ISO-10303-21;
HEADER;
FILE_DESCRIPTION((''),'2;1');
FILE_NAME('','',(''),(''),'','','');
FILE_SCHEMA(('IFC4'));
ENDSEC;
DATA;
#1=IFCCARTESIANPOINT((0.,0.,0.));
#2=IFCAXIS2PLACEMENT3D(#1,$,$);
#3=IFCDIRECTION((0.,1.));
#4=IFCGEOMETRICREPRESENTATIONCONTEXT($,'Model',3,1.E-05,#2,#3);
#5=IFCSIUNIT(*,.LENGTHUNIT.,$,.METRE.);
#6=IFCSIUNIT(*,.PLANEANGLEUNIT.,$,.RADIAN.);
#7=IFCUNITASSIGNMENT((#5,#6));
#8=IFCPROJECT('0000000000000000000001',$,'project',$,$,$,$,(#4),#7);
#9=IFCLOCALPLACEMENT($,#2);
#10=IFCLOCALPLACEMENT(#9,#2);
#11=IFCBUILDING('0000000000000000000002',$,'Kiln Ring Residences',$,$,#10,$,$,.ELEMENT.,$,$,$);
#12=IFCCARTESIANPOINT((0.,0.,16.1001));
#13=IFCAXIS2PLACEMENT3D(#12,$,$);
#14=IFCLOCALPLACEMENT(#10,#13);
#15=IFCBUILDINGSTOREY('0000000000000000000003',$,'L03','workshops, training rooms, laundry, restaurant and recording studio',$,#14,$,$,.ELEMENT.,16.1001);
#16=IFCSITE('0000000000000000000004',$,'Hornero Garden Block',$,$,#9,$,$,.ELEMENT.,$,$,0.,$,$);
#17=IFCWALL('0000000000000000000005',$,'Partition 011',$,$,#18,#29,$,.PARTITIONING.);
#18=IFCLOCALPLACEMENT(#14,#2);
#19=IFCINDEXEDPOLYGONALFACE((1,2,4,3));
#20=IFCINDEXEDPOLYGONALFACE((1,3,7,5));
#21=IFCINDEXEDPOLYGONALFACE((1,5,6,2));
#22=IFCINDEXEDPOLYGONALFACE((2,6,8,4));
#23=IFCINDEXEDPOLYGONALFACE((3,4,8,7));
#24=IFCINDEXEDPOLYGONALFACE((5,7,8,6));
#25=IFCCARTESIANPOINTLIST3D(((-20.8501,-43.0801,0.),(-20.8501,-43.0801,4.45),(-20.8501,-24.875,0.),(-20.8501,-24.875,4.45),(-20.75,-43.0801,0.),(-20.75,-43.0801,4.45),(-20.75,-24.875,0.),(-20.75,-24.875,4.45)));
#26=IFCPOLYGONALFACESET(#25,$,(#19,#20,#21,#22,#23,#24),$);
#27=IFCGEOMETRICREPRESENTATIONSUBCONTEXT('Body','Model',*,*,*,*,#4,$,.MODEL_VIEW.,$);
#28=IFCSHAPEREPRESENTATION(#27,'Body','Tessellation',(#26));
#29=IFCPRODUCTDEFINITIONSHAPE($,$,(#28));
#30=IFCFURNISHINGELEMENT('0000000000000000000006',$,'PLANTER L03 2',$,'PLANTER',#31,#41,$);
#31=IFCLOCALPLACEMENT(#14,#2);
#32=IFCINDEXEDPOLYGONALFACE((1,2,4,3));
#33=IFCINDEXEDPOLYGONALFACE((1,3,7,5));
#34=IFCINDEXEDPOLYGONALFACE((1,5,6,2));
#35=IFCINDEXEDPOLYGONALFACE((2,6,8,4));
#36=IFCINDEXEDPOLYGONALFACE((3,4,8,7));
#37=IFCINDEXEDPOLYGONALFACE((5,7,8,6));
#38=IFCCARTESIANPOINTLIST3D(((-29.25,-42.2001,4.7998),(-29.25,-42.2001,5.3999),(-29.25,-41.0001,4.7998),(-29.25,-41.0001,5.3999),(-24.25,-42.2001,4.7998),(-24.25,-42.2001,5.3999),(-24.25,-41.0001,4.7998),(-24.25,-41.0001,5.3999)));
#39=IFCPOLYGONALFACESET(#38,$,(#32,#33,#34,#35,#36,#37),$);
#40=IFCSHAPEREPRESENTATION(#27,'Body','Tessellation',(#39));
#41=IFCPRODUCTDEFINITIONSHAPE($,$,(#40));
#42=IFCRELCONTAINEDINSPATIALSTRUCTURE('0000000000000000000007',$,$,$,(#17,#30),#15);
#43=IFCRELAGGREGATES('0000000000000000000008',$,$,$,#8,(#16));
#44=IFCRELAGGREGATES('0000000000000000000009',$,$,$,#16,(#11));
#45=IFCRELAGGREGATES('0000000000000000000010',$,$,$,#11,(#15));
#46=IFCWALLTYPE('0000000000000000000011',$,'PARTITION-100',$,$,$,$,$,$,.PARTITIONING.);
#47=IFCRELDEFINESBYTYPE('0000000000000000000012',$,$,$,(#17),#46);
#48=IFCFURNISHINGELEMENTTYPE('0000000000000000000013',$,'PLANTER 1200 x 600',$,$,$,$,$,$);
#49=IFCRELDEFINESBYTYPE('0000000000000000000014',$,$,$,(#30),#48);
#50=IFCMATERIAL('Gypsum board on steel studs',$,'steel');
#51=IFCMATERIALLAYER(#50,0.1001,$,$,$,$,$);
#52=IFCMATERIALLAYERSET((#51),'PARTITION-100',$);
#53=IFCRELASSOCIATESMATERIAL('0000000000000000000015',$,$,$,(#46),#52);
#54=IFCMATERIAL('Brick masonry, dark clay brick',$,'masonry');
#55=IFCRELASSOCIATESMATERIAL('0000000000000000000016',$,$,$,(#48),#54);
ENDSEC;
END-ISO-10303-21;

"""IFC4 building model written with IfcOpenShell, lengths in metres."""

from ifc_helpers import new_model, si_unit, direction, frame, frame_2d, origin, origin_2d, place, context, subcontext, project, spatial, rectangle, extrude, material, layer, layer_set, type_object, element, save


model = new_model("IFC4")

# Units and contexts
model_context = context("Model", 3, precision=1e-05, world=origin(), true_north=direction((0.0, 1.0)))
body_context = subcontext(model_context, "Body", "Model", "MODEL_VIEW")
ifc_project = project(units=[si_unit("LENGTHUNIT", "METRE"), si_unit("PLANEANGLEUNIT", "RADIAN")], contexts=[model_context])

# Site, building, storey
site_placement = place(None, origin())
site = spatial("IfcSite", under=ifc_project, at=site_placement, Name="Hornero Garden Block", CompositionType="ELEMENT", RefElevation=0.0)
building_placement = place(site_placement, origin())
building = spatial("IfcBuilding", under=site, at=building_placement, Name="Kiln Ring Residences", CompositionType="ELEMENT")
storey_placement = place(building_placement, frame((0.0, 0.0, 16.1001)))
storey = spatial("IfcBuildingStorey", under=building, at=storey_placement, Name="L03", Description="workshops, training rooms, laundry, restaurant and recording studio", CompositionType="ELEMENT", Elevation=16.1001)

# Wall
ifc_material_1 = material(Name="Gypsum board on steel studs", Category="steel")
ifc_layer_1 = layer(ifc_material_1, 0.1001)
ifc_layer_set_1 = layer_set([ifc_layer_1], Name="PARTITION-100")
wall_type_1 = type_object("IfcWallType", Name="PARTITION-100", PredefinedType="PARTITIONING", material=ifc_layer_set_1)
for number, where, z_axis, x_axis, name in (
    (1, (-20.8, -43.0801, 0.0), (0.0, 0.0, 1.0), (0.0, 1.0, 0.0), "Partition 011"),
):
    element("IfcWall", number, at=place(storey_placement, frame(where, z_axis=z_axis, x_axis=x_axis)), inside=storey, type_object=wall_type_1, Name=name, PredefinedType="PARTITIONING", context=body_context, shape_type="SweptSolid", body=[
        extrude(rectangle(XDim=18.2051, YDim=0.1001, at=frame_2d((9.1025, 0.0))), origin(), (0.0, 0.0, 1.0), 4.45),
    ])

# Furnishing element
ifc_material_2 = material(Name="Brick masonry, dark clay brick", Category="masonry")
furnishing_element_type = type_object("IfcFurnishingElementType", Name="PLANTER 1200 x 600", material=ifc_material_2)
furnishing_placement = place(storey_placement, frame((-26.75, -41.6001, 4.7998), z_axis=(0.0, 0.0, 1.0), x_axis=(1.0, 0.0, 0.0)))
element("IfcFurnishingElement", 2, at=furnishing_placement, inside=storey, type_object=furnishing_element_type, Name="PLANTER L03 2", ObjectType="PLANTER", context=body_context, shape_type="SweptSolid", body=[
    extrude(rectangle(XDim=5.0, YDim=1.2, at=origin_2d()), origin(), (0.0, 0.0, 1.0), 0.6001),
])

save(model, "model.ifc")
